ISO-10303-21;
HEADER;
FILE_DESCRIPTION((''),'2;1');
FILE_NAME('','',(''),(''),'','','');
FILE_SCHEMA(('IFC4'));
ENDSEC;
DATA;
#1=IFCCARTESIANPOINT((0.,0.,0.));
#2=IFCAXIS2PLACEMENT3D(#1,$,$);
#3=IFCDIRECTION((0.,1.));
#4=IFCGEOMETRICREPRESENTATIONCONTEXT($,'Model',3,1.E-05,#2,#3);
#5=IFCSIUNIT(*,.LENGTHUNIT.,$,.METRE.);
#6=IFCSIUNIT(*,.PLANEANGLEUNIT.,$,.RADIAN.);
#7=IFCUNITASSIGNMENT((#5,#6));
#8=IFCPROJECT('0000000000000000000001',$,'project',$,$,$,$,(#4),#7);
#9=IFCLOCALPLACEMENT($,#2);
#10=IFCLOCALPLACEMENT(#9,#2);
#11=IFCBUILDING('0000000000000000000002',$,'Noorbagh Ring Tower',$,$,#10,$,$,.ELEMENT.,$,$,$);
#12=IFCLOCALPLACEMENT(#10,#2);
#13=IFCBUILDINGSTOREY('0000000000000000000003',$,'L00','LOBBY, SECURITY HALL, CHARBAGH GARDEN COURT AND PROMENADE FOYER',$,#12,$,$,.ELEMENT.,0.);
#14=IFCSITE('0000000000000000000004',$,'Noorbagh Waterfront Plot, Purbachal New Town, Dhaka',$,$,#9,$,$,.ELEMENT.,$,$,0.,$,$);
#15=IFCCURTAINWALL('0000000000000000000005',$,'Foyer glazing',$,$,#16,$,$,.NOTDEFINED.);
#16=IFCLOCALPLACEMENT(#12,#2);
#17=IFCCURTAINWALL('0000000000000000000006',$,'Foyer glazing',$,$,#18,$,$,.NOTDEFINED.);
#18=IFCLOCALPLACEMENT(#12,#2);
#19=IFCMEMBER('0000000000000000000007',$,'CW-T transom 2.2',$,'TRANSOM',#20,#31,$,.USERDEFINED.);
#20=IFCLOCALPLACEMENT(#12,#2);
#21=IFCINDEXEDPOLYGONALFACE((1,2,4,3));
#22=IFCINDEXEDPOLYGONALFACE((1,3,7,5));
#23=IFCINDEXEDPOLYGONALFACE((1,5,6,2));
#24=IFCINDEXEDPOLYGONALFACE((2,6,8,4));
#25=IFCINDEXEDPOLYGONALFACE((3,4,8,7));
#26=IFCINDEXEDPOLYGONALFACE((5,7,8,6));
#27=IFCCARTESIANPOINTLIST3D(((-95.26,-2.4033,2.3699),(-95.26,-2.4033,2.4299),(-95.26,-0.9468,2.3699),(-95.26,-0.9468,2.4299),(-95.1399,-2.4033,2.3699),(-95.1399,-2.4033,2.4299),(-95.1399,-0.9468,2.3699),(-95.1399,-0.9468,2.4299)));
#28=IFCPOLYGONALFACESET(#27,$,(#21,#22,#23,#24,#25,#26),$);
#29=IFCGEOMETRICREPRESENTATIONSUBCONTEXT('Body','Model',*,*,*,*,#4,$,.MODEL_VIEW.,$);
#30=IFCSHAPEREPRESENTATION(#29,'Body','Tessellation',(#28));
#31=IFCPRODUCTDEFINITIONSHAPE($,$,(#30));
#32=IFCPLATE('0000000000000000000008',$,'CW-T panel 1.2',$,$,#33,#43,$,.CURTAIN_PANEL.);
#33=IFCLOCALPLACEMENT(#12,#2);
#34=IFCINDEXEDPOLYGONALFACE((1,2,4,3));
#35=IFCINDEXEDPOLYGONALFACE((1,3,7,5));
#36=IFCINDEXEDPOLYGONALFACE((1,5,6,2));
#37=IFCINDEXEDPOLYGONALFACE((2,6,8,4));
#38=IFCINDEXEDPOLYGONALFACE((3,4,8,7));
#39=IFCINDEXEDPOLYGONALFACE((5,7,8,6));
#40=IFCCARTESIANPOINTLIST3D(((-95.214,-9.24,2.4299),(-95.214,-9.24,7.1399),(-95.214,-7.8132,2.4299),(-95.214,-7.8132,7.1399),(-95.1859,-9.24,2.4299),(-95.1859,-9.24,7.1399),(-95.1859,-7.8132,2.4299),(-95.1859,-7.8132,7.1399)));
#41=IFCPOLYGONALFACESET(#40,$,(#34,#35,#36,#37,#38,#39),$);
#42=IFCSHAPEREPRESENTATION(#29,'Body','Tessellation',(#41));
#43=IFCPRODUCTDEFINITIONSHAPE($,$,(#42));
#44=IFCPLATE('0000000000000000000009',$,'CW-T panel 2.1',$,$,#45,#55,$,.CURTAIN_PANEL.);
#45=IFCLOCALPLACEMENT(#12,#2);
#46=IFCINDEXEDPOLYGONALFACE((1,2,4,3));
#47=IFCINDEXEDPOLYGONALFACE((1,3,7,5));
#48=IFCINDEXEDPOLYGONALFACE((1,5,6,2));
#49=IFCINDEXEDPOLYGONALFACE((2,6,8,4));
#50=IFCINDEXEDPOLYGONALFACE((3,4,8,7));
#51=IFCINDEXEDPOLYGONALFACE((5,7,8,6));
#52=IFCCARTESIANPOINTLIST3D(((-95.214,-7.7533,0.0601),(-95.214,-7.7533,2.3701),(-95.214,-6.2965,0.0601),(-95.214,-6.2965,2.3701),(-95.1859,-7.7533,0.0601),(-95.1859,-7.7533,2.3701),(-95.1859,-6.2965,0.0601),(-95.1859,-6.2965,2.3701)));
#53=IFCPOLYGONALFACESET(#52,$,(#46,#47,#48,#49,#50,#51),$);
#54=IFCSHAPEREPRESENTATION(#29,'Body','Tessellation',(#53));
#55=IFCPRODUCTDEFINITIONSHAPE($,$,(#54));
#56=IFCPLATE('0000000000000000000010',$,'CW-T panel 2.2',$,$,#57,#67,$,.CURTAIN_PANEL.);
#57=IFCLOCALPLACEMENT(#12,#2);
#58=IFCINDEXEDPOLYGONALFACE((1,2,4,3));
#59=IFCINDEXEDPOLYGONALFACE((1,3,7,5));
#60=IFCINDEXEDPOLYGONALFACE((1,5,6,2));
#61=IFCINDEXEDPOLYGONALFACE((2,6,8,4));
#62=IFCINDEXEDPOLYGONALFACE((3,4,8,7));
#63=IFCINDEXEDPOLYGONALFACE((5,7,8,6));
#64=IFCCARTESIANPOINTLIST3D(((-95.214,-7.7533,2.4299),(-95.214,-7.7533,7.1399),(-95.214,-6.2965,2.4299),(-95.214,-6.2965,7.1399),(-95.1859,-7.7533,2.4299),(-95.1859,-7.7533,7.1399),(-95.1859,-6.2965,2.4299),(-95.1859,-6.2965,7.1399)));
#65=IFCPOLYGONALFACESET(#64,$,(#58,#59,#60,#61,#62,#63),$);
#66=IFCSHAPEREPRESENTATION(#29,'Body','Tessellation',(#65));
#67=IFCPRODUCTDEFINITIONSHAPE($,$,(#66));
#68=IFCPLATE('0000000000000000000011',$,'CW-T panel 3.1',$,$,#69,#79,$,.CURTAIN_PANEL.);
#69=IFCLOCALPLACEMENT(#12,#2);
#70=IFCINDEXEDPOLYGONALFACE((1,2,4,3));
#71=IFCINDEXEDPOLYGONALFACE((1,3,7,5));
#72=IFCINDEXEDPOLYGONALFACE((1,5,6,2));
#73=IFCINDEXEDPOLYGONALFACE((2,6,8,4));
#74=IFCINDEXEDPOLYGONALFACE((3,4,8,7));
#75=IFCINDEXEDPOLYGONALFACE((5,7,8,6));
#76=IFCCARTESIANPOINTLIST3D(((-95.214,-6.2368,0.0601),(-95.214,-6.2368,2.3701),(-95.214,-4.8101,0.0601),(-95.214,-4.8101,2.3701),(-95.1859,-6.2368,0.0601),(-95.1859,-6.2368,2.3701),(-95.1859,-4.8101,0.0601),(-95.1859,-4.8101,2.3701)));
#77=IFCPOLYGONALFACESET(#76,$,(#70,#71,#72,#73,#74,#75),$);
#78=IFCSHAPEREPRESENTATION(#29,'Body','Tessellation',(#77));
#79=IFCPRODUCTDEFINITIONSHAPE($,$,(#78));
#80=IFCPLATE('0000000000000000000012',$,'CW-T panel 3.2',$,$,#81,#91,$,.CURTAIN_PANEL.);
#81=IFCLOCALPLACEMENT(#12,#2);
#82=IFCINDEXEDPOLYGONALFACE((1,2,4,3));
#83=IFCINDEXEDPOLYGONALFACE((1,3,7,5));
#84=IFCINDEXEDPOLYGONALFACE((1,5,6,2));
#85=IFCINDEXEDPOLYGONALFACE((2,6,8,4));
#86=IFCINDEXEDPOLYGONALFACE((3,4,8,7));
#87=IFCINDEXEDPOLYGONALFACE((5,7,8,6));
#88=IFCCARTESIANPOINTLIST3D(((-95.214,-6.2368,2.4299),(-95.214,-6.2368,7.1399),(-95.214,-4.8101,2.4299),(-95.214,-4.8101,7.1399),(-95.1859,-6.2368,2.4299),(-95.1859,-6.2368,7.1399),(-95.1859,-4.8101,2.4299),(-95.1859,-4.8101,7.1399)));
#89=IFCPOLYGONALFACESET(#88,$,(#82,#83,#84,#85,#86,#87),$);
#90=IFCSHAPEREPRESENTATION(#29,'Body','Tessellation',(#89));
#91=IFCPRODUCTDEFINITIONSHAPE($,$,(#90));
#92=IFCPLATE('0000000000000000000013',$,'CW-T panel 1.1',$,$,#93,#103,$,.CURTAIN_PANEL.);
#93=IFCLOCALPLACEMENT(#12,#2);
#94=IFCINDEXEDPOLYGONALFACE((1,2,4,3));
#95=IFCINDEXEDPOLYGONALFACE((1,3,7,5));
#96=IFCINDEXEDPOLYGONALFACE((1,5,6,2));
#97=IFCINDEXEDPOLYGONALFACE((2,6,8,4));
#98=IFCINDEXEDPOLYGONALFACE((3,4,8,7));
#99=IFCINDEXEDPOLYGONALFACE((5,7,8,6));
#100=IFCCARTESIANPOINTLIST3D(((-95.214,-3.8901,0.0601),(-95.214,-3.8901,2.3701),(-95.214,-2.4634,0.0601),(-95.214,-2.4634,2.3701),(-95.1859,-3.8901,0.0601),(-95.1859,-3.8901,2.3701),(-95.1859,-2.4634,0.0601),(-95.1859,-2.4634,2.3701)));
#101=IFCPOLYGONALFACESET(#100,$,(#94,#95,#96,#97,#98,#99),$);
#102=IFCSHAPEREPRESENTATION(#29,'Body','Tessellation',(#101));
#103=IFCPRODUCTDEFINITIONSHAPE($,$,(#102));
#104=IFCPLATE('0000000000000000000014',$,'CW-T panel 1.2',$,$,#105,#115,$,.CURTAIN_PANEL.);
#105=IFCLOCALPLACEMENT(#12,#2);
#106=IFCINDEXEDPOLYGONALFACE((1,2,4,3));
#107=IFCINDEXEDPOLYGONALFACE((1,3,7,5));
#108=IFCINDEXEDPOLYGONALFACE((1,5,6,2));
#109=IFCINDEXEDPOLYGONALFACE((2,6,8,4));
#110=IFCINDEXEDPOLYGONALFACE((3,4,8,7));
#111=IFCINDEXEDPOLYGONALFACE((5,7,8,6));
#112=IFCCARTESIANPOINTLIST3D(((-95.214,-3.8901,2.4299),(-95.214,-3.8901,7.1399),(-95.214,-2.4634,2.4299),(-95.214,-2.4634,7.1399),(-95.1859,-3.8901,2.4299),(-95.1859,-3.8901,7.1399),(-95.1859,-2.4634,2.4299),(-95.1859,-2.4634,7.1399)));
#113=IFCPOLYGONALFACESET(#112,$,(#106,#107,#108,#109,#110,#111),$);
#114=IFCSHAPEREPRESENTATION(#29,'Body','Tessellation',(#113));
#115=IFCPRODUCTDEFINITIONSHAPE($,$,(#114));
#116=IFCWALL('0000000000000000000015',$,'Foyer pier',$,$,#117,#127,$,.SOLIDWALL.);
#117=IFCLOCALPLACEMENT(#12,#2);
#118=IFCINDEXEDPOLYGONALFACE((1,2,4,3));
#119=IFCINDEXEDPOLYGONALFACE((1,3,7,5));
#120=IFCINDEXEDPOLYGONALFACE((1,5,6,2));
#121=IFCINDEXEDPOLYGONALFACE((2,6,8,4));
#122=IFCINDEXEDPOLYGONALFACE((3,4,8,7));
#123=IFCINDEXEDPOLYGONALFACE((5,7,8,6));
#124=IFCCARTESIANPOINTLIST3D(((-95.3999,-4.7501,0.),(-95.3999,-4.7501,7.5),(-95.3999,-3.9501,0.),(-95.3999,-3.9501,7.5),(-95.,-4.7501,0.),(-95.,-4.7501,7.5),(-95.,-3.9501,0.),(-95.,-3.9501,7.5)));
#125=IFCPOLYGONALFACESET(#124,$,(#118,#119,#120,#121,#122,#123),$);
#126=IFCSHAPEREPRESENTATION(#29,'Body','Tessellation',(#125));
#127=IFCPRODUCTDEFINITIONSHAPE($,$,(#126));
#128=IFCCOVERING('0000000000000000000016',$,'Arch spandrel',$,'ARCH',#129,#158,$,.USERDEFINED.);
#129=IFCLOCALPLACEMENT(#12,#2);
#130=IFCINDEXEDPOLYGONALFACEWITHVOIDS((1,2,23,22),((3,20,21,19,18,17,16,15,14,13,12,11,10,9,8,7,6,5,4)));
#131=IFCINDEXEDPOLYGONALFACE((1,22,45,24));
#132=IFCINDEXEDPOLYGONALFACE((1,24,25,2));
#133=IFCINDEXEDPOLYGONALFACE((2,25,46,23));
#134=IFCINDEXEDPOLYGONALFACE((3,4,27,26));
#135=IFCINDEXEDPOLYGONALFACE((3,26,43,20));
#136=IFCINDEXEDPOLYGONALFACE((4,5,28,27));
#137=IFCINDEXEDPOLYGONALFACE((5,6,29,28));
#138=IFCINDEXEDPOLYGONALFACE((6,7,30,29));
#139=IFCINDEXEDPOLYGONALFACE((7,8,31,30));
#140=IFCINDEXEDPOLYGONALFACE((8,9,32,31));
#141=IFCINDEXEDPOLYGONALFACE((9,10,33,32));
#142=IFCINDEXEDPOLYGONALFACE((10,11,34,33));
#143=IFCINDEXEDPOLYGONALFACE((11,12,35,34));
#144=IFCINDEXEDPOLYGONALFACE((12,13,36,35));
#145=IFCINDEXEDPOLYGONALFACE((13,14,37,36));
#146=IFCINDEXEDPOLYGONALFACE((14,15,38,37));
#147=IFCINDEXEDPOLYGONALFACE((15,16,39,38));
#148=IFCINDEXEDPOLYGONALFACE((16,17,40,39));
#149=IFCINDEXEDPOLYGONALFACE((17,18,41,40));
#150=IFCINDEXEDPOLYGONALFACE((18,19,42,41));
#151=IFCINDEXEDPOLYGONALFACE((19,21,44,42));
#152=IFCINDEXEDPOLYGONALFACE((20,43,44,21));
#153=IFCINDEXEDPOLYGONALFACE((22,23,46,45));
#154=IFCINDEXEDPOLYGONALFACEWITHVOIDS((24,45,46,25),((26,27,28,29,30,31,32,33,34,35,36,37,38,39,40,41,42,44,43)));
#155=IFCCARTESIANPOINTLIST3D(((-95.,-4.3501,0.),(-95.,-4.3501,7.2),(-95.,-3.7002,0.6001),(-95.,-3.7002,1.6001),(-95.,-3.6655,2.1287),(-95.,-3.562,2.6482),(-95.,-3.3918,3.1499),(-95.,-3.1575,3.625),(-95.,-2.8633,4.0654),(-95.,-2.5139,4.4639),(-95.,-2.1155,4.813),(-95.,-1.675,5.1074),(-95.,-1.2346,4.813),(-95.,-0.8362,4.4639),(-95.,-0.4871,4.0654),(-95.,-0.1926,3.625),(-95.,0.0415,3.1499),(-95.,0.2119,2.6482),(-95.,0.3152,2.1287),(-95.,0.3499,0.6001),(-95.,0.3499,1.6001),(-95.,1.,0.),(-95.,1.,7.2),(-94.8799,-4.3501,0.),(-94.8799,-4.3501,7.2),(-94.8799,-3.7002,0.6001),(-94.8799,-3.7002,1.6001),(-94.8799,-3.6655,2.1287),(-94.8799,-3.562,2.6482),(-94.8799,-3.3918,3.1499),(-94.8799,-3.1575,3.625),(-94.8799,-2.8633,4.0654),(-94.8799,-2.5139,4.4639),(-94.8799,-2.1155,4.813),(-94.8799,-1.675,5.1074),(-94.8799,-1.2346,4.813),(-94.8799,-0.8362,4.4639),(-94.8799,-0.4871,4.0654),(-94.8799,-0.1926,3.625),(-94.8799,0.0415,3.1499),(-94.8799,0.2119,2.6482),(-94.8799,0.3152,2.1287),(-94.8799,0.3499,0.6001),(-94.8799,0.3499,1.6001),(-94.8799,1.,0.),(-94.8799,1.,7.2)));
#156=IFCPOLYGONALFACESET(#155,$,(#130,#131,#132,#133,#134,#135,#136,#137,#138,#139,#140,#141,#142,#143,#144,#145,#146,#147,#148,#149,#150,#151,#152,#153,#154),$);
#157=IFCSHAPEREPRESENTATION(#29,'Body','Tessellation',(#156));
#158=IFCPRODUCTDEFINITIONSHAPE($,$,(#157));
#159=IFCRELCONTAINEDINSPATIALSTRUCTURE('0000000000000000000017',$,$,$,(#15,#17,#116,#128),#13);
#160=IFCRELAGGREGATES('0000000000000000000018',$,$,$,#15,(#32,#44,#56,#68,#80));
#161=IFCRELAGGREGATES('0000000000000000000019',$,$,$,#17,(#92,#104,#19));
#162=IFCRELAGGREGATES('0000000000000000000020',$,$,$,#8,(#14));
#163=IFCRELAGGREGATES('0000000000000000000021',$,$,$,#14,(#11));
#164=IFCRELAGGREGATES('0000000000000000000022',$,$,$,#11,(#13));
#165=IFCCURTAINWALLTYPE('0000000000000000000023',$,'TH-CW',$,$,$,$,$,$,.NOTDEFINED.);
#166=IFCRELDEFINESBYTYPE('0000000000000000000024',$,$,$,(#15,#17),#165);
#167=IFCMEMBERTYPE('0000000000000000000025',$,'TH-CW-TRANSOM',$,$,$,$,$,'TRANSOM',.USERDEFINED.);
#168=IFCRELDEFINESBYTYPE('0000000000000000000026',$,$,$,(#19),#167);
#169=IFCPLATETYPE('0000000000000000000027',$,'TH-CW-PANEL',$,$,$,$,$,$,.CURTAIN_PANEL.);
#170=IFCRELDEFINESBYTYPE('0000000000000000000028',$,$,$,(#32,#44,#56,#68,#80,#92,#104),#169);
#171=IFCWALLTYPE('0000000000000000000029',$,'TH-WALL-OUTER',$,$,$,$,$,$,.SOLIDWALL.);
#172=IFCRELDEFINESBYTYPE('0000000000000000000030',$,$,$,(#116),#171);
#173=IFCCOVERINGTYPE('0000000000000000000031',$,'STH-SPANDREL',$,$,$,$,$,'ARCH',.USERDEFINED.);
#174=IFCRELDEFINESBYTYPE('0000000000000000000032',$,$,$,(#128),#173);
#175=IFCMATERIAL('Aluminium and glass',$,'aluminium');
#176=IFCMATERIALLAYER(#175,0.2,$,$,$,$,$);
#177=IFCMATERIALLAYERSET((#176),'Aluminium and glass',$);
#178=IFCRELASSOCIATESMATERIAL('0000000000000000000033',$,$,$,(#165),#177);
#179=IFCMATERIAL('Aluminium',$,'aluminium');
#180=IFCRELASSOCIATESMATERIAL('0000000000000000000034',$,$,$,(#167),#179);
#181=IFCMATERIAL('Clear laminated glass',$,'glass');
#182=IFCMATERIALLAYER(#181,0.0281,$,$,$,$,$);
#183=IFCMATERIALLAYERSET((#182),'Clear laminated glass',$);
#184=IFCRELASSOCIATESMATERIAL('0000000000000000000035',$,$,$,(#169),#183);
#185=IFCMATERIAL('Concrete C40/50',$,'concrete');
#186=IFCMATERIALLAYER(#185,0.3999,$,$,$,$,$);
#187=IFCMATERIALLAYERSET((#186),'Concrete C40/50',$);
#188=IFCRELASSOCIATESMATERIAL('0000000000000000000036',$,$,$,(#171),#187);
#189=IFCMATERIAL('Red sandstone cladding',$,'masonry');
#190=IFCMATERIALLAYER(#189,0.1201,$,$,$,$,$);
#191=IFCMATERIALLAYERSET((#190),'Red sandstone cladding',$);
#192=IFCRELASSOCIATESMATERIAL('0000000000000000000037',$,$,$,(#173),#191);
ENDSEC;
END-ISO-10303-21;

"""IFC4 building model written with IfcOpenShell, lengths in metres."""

from ifc_helpers import new_model, si_unit, direction, frame, frame_2d, origin, origin_2d, place, context, subcontext, project, spatial, polyline, rectangle, outline, extrude, material, layer, layer_set, material_profile, profile_set, type_object, element, aggregate, save


model = new_model("IFC4")

# Units and contexts
model_context = context("Model", 3, precision=1e-05, world=origin(), true_north=direction((0.0, 1.0)))
body_context = subcontext(model_context, "Body", "Model", "MODEL_VIEW")
ifc_project = project(units=[si_unit("LENGTHUNIT", "METRE"), si_unit("PLANEANGLEUNIT", "RADIAN")], contexts=[model_context])

# Site, building, storey
site_placement = place(None, origin())
site = spatial("IfcSite", under=ifc_project, at=site_placement, Name="Noorbagh Waterfront Plot, Purbachal New Town, Dhaka", CompositionType="ELEMENT", RefElevation=0.0)
building_placement = place(site_placement, origin())
building = spatial("IfcBuilding", under=site, at=building_placement, Name="Noorbagh Ring Tower", CompositionType="ELEMENT")
storey_placement = place(building_placement, origin())
storey = spatial("IfcBuildingStorey", under=building, at=storey_placement, Name="L00", Description="LOBBY, SECURITY HALL, CHARBAGH GARDEN COURT AND PROMENADE FOYER", CompositionType="ELEMENT", Elevation=0.0)

# Curtain walls
ifc_material_1 = material(Name="Aluminium and glass", Category="aluminium")
ifc_layer_1 = layer(ifc_material_1, 0.2)
ifc_layer_set_1 = layer_set([ifc_layer_1], Name="Aluminium and glass")
curtain_wall_type = type_object("IfcCurtainWallType", Name="TH-CW", PredefinedType="NOTDEFINED", material=ifc_layer_set_1)
curtain_wall_1_placement = place(storey_placement, origin())
curtain_wall_1 = element("IfcCurtainWall", 1, at=curtain_wall_1_placement, inside=storey, type_object=curtain_wall_type, Name="Foyer glazing", PredefinedType="NOTDEFINED")
curtain_wall_2_placement = place(storey_placement, origin())
curtain_wall_2 = element("IfcCurtainWall", 2, at=curtain_wall_2_placement, inside=storey, type_object=curtain_wall_type, Name="Foyer glazing", PredefinedType="NOTDEFINED")

# Member
ifc_material_2 = material(Name="Aluminium", Category="aluminium")
ifc_material_profile_1 = material_profile(ifc_material_2, rectangle(XDim=0.1201, YDim=0.0601, at=origin_2d()), Name="AL 120x60")
ifc_profile_set_1 = profile_set([ifc_material_profile_1], Name="Aluminium")
member_type_1 = type_object("IfcMemberType", Name="TH-CW-TRANSOM", ElementType="TRANSOM", PredefinedType="USERDEFINED", material=ifc_profile_set_1)
member_1_placement = place(storey_placement, frame((-95.2, -2.4033, 2.3999), z_axis=(0.0, 1.0, 0.0), x_axis=(-1.0, 0.0, 0.0)))
member_1 = element("IfcMember", 3, at=member_1_placement, type_object=member_type_1, Name="CW-T transom 2.2", ObjectType="TRANSOM", PredefinedType="USERDEFINED", context=body_context, shape_type="SweptSolid", body=[
    extrude(rectangle(XDim=0.1201, YDim=0.0601, at=origin_2d()), origin(), (0.0, 0.0, 1.0), 1.4565),
])

# Plates
ifc_material_3 = material(Name="Clear laminated glass", Category="glass")
ifc_layer_2 = layer(ifc_material_3, 0.0281)
ifc_layer_set_2 = layer_set([ifc_layer_2], Name="Clear laminated glass")
plate_type = type_object("IfcPlateType", Name="TH-CW-PANEL", PredefinedType="CURTAIN_PANEL", material=ifc_layer_set_2)
plate_1_placement = place(storey_placement, frame((-95.2, -8.5266, 2.4299), z_axis=(0.0, 0.0, 1.0), x_axis=(0.0, 1.0, 0.0)))
plate_1 = element("IfcPlate", 4, at=plate_1_placement, type_object=plate_type, Name="CW-T panel 1.2", PredefinedType="CURTAIN_PANEL", context=body_context, shape_type="SweptSolid", body=[
    extrude(rectangle(XDim=1.4268, YDim=0.0281, at=origin_2d()), origin(), (0.0, 0.0, 1.0), 4.71),
])
plate_2_placement = place(storey_placement, frame((-95.2, -7.0249, 0.0601), z_axis=(0.0, 0.0, 1.0), x_axis=(0.0, 1.0, 0.0)))
plate_2 = element("IfcPlate", 5, at=plate_2_placement, type_object=plate_type, Name="CW-T panel 2.1", PredefinedType="CURTAIN_PANEL", context=body_context, shape_type="SweptSolid", body=[
    extrude(rectangle(XDim=1.4568, YDim=0.0281, at=origin_2d()), origin(), (0.0, 0.0, 1.0), 2.3101),
])
plate_3_placement = place(storey_placement, frame((-95.2, -7.0249, 2.4299), z_axis=(0.0, 0.0, 1.0), x_axis=(0.0, 1.0, 0.0)))
plate_3 = element("IfcPlate", 6, at=plate_3_placement, type_object=plate_type, Name="CW-T panel 2.2", PredefinedType="CURTAIN_PANEL", context=body_context, shape_type="SweptSolid", body=[
    extrude(rectangle(XDim=1.4568, YDim=0.0281, at=origin_2d()), origin(), (0.0, 0.0, 1.0), 4.71),
])
plate_4_placement = place(storey_placement, frame((-95.2, -5.5234, 0.0601), z_axis=(0.0, 0.0, 1.0), x_axis=(0.0, 1.0, 0.0)))
plate_4 = element("IfcPlate", 7, at=plate_4_placement, type_object=plate_type, Name="CW-T panel 3.1", PredefinedType="CURTAIN_PANEL", context=body_context, shape_type="SweptSolid", body=[
    extrude(rectangle(XDim=1.4268, YDim=0.0281, at=origin_2d()), origin(), (0.0, 0.0, 1.0), 2.3101),
])
plate_5_placement = place(storey_placement, frame((-95.2, -5.5234, 2.4299), z_axis=(0.0, 0.0, 1.0), x_axis=(0.0, 1.0, 0.0)))
plate_5 = element("IfcPlate", 8, at=plate_5_placement, type_object=plate_type, Name="CW-T panel 3.2", PredefinedType="CURTAIN_PANEL", context=body_context, shape_type="SweptSolid", body=[
    extrude(rectangle(XDim=1.4268, YDim=0.0281, at=origin_2d()), origin(), (0.0, 0.0, 1.0), 4.71),
])
aggregate(curtain_wall_1, [plate_1, plate_2, plate_3, plate_4, plate_5])
plate_6_placement = place(storey_placement, frame((-95.2, -3.1768, 0.0601), z_axis=(0.0, 0.0, 1.0), x_axis=(0.0, 1.0, 0.0)))
plate_6 = element("IfcPlate", 9, at=plate_6_placement, type_object=plate_type, Name="CW-T panel 1.1", PredefinedType="CURTAIN_PANEL", context=body_context, shape_type="SweptSolid", body=[
    extrude(rectangle(XDim=1.4268, YDim=0.0281, at=origin_2d()), origin(), (0.0, 0.0, 1.0), 2.3101),
])
plate_7_placement = place(storey_placement, frame((-95.2, -3.1768, 2.4299), z_axis=(0.0, 0.0, 1.0), x_axis=(0.0, 1.0, 0.0)))
plate_7 = element("IfcPlate", 10, at=plate_7_placement, type_object=plate_type, Name="CW-T panel 1.2", PredefinedType="CURTAIN_PANEL", context=body_context, shape_type="SweptSolid", body=[
    extrude(rectangle(XDim=1.4268, YDim=0.0281, at=origin_2d()), origin(), (0.0, 0.0, 1.0), 4.71),
])
aggregate(curtain_wall_2, [plate_6, plate_7, member_1])

# Wall
ifc_material_4 = material(Name="Concrete C40/50", Category="concrete")
ifc_layer_3 = layer(ifc_material_4, 0.3999)
ifc_layer_set_3 = layer_set([ifc_layer_3], Name="Concrete C40/50")
wall_type = type_object("IfcWallType", Name="TH-WALL-OUTER", PredefinedType="SOLIDWALL", material=ifc_layer_set_3)
wall_placement = place(storey_placement, frame((-95.2, -4.75, 0.0), z_axis=(0.0, 0.0, 1.0), x_axis=(0.0, 1.0, 0.0)))
element("IfcWall", 11, at=wall_placement, inside=storey, type_object=wall_type, Name="Foyer pier", PredefinedType="SOLIDWALL", context=body_context, shape_type="SweptSolid", body=[
    extrude(rectangle(XDim=0.8, YDim=0.3999, at=frame_2d((0.3999, 0.0))), origin(), (0.0, 0.0, 1.0), 7.5),
])

# Covering
ifc_material_5 = material(Name="Red sandstone cladding", Category="masonry")
ifc_layer_4 = layer(ifc_material_5, 0.1201)
ifc_layer_set_4 = layer_set([ifc_layer_4], Name="Red sandstone cladding")
covering_type_1 = type_object("IfcCoveringType", Name="STH-SPANDREL", ElementType="ARCH", PredefinedType="USERDEFINED", material=ifc_layer_set_4)
covering_1_placement = place(storey_placement, frame((-94.8799, -4.3501, 0.0), z_axis=(1.0, 0.0, 0.0), x_axis=(0.0, 1.0, 0.0)))
element("IfcCovering", 12, at=covering_1_placement, inside=storey, type_object=covering_type_1, Name="Arch spandrel", ObjectType="ARCH", PredefinedType="USERDEFINED", context=body_context, shape_type="SweptSolid", body=[
    extrude(outline(polyline([(0.0, 0.0), (5.3501, 0.0), (5.3501, 7.2), (0.0, 7.2), (0.0, 0.0)]), holes=[polyline([(0.6499, 0.6001), (0.6499, 1.6001), (0.6846, 2.1287), (0.7881, 2.6482), (0.9583, 3.1499), (1.1926, 3.625), (1.4868, 4.0654), (1.8362, 4.4639), (2.2346, 4.813), (2.675, 5.1074), (3.1155, 4.813), (3.5139, 4.4639), (3.863, 4.0654), (4.1575, 3.625), (4.3916, 3.1499), (4.562, 2.6482), (4.6653, 2.1287), (4.7, 1.6001), (4.7, 0.6001), (0.6499, 0.6001)])]), origin(), (0.0, 0.0, -1.0), 0.1201),
])

save(model, "model.ifc")
